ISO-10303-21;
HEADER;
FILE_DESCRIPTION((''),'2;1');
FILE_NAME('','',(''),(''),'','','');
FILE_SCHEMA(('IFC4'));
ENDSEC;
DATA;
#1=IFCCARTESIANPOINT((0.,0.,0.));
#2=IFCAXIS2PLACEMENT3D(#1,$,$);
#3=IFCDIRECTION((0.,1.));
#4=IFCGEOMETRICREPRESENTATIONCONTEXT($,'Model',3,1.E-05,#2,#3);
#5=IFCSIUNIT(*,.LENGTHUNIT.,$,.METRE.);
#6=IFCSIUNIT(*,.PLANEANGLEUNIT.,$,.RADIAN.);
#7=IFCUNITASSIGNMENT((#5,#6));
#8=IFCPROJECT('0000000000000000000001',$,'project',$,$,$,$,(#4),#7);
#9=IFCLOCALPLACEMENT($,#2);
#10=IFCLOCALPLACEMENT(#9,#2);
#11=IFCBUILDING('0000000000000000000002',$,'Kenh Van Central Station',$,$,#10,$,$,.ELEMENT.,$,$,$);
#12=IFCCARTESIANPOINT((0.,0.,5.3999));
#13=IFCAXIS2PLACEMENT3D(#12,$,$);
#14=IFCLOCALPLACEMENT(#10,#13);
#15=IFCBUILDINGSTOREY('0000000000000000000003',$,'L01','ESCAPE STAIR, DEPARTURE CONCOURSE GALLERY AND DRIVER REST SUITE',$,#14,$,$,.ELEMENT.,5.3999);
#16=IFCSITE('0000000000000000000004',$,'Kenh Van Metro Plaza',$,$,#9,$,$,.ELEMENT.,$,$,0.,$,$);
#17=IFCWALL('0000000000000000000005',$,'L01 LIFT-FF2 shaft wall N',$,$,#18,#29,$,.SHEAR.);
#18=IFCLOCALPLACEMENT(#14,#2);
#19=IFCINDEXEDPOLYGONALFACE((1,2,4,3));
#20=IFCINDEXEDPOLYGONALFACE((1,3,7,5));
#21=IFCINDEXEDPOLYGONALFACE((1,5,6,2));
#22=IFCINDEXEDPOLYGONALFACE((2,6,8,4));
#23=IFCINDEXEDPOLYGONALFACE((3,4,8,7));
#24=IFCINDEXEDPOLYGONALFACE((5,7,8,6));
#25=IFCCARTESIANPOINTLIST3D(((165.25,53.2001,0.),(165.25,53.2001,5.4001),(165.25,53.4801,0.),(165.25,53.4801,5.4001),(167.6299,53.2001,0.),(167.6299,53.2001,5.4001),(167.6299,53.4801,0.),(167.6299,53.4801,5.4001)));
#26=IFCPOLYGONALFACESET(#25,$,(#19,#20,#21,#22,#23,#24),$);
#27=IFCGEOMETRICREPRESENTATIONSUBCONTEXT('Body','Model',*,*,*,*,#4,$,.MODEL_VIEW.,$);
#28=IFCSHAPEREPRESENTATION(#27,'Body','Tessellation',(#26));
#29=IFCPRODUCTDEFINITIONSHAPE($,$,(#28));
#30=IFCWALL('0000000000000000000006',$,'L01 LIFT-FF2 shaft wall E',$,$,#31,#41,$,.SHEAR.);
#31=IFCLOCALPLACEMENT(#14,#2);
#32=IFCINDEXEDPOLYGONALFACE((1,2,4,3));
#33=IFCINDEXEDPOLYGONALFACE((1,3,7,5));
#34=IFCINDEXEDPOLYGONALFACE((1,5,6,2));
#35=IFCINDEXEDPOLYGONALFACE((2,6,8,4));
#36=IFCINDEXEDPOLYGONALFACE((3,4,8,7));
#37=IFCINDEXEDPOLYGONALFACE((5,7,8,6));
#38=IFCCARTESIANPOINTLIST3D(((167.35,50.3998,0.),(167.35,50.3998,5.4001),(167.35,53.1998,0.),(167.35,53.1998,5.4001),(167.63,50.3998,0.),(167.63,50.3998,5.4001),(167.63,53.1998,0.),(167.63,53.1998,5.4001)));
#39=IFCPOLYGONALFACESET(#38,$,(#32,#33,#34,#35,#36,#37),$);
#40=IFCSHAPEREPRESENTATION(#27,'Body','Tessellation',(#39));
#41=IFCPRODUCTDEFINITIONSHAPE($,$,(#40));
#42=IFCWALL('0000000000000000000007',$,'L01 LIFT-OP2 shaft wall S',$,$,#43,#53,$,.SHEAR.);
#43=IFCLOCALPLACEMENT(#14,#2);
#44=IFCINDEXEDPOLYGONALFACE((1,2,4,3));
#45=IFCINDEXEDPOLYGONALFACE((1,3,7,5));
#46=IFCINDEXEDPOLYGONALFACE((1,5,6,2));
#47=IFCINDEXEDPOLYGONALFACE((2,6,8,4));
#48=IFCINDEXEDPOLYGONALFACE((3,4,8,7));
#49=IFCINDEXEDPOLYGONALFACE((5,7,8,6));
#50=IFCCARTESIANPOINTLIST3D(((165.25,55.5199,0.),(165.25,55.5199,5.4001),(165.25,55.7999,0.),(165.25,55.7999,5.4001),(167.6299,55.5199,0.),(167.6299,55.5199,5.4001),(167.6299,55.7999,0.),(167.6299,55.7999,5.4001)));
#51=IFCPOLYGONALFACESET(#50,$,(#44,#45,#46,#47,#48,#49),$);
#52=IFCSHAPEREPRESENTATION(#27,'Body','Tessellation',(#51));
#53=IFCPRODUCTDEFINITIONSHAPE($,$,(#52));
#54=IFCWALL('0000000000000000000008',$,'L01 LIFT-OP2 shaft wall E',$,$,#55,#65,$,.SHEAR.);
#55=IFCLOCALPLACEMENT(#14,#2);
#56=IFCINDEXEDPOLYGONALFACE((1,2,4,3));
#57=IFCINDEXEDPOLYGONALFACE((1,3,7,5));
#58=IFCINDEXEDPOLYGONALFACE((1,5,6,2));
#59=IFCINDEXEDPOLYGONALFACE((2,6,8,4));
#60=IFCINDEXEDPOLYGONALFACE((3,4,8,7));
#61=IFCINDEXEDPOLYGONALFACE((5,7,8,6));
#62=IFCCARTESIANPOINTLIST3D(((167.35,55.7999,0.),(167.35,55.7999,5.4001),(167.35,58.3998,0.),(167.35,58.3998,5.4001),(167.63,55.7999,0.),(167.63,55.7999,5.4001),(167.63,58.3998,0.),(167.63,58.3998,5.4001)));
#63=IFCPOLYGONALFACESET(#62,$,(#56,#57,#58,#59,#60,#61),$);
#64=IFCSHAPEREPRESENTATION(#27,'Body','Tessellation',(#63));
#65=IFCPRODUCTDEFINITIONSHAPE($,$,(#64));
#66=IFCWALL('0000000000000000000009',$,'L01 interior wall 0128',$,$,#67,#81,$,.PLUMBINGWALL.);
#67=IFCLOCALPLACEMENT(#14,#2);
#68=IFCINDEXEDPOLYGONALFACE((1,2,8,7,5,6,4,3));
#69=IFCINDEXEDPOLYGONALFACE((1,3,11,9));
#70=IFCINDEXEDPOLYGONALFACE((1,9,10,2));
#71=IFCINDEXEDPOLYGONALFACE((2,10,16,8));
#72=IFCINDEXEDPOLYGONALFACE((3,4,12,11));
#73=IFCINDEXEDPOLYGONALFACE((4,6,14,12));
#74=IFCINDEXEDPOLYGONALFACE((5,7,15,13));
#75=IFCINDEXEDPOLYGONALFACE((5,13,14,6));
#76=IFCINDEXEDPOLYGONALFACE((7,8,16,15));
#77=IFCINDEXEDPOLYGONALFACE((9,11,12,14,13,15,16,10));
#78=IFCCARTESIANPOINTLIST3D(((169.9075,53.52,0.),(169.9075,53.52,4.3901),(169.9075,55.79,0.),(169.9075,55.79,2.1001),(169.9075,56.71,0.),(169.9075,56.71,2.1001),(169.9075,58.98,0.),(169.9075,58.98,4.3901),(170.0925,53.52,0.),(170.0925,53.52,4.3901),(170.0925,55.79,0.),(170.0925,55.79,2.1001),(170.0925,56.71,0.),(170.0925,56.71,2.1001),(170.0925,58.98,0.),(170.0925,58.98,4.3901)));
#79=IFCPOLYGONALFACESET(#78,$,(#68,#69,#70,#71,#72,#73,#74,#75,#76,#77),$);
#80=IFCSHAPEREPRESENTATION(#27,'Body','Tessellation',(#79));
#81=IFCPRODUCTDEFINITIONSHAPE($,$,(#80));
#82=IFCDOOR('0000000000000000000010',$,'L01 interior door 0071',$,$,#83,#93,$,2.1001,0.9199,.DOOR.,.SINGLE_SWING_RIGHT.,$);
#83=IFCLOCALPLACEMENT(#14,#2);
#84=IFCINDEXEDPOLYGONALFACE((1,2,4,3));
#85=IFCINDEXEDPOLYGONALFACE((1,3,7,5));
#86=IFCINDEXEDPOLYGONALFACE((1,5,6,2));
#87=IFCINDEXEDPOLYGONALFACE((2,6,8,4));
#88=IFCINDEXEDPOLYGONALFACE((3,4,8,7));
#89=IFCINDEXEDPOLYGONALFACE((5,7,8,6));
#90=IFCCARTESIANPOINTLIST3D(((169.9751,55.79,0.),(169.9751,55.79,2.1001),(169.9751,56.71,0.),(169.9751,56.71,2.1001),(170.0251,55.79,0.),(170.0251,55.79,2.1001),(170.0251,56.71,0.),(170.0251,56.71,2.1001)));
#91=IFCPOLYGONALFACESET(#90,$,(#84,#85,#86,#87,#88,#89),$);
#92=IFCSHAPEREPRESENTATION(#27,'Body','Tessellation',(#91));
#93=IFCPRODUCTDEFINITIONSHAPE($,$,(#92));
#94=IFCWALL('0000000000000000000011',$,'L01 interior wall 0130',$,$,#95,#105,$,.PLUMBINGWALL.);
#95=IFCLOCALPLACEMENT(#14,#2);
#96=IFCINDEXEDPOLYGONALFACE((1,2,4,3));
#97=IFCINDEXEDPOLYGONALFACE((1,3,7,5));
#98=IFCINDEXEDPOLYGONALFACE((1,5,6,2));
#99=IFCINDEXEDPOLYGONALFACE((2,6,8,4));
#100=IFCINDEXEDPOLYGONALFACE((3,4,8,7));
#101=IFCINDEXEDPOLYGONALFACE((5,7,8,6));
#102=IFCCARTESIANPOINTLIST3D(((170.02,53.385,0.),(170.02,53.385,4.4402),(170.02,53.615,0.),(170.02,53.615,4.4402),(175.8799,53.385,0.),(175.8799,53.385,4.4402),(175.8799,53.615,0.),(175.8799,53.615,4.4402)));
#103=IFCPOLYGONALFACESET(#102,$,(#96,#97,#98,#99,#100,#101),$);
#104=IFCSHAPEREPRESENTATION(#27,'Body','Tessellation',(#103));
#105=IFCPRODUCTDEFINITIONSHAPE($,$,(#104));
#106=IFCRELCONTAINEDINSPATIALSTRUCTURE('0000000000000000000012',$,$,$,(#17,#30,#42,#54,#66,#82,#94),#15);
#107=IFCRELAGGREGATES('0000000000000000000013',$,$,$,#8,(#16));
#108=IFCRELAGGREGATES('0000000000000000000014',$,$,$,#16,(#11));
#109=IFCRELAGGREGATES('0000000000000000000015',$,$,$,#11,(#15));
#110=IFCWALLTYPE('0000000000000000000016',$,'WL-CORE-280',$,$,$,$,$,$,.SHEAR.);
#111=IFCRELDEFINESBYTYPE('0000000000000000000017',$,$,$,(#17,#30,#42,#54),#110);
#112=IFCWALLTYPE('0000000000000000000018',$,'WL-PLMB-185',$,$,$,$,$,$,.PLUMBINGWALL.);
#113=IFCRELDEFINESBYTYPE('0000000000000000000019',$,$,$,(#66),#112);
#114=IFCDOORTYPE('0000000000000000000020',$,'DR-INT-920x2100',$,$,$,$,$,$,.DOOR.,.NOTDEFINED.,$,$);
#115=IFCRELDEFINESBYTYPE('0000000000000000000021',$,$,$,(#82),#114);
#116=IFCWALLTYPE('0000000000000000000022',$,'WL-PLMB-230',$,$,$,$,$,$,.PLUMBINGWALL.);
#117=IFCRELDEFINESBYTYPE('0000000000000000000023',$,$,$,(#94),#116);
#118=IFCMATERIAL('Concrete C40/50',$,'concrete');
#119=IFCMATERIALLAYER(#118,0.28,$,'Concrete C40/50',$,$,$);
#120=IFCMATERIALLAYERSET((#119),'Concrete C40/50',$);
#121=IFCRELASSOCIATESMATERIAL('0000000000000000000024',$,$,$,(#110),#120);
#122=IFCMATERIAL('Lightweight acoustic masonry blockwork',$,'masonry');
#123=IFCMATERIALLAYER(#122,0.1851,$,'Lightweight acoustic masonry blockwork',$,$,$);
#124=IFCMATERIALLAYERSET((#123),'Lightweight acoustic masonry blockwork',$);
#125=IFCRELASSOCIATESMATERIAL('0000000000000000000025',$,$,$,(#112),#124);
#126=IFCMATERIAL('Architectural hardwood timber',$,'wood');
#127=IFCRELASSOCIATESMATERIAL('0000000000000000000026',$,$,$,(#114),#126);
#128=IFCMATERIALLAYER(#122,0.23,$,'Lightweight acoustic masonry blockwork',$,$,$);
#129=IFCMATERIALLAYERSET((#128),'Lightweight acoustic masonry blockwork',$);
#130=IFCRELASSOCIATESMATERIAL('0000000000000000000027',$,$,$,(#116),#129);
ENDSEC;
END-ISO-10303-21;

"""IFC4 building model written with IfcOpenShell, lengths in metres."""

from ifc_helpers import new_model, si_unit, direction, frame, frame_2d, origin, place, context, subcontext, project, spatial, rectangle, extrude, material, layer, layer_set, type_object, element, fill, save


model = new_model("IFC4")

# Units and contexts
model_context = context("Model", 3, precision=1e-05, world=origin(), true_north=direction((0.0, 1.0)))
body_context = subcontext(model_context, "Body", "Model", "MODEL_VIEW")
ifc_project = project(units=[si_unit("LENGTHUNIT", "METRE"), si_unit("PLANEANGLEUNIT", "RADIAN")], contexts=[model_context])

# Site, building, storey
site_placement = place(None, origin())
site = spatial("IfcSite", under=ifc_project, at=site_placement, Name="Kenh Van Metro Plaza", CompositionType="ELEMENT", RefElevation=0.0)
building_placement = place(site_placement, origin())
building = spatial("IfcBuilding", under=site, at=building_placement, Name="Kenh Van Central Station", CompositionType="ELEMENT")
storey_placement = place(building_placement, frame((0.0, 0.0, 5.3999)))
storey = spatial("IfcBuildingStorey", under=building, at=storey_placement, Name="L01", Description="ESCAPE STAIR, DEPARTURE CONCOURSE GALLERY AND DRIVER REST SUITE", CompositionType="ELEMENT", Elevation=5.3999)

# Shared definitions
ifc_material_1 = material(Name="Concrete C40/50", Category="concrete")

# Shared definitions
ifc_layer_1 = layer(ifc_material_1, 0.28, Name="Concrete C40/50")
ifc_layer_set_1 = layer_set([ifc_layer_1], Name="Concrete C40/50")
wall_type_1 = type_object("IfcWallType", Name="WL-CORE-280", PredefinedType="SHEAR", material=ifc_layer_set_1)

# Walls
wall_1_placement = place(storey_placement, frame((165.25, 53.3401, 0.0), z_axis=(0.0, 0.0, 1.0), x_axis=(1.0, 0.0, 0.0)))
element("IfcWall", 1, at=wall_1_placement, inside=storey, type_object=wall_type_1, Name="L01 LIFT-FF2 shaft wall N", PredefinedType="SHEAR", context=body_context, shape_type="SweptSolid", body=[
    extrude(rectangle(XDim=2.3799, YDim=0.28, at=frame_2d((1.1899, 0.0))), origin(), (0.0, 0.0, 1.0), 5.4001),
])
wall_2_placement = place(storey_placement, frame((167.49, 50.3999, 0.0), z_axis=(0.0, 0.0, 1.0), x_axis=(0.0, 1.0, 0.0)))
element("IfcWall", 2, at=wall_2_placement, inside=storey, type_object=wall_type_1, Name="L01 LIFT-FF2 shaft wall E", PredefinedType="SHEAR", context=body_context, shape_type="SweptSolid", body=[
    extrude(rectangle(XDim=2.8, YDim=0.28, at=frame_2d((1.3999, 0.0))), origin(), (0.0, 0.0, 1.0), 5.4001),
])
wall_3_placement = place(storey_placement, frame((165.25, 55.6599, 0.0), z_axis=(0.0, 0.0, 1.0), x_axis=(1.0, 0.0, 0.0)))
element("IfcWall", 3, at=wall_3_placement, inside=storey, type_object=wall_type_1, Name="L01 LIFT-OP2 shaft wall S", PredefinedType="SHEAR", context=body_context, shape_type="SweptSolid", body=[
    extrude(rectangle(XDim=2.3799, YDim=0.28, at=frame_2d((1.1899, 0.0))), origin(), (0.0, 0.0, 1.0), 5.4001),
])
wall_4_placement = place(storey_placement, frame((167.49, 55.8, 0.0), z_axis=(0.0, 0.0, 1.0), x_axis=(0.0, 1.0, 0.0)))
element("IfcWall", 4, at=wall_4_placement, inside=storey, type_object=wall_type_1, Name="L01 LIFT-OP2 shaft wall E", PredefinedType="SHEAR", context=body_context, shape_type="SweptSolid", body=[
    extrude(rectangle(XDim=2.5999, YDim=0.28, at=frame_2d((1.2998, 0.0))), origin(), (0.0, 0.0, 1.0), 5.4001),
])

# Wall, opening, door
ifc_material_2 = material(Name="Lightweight acoustic masonry blockwork", Category="masonry")
ifc_layer_2 = layer(ifc_material_2, 0.1851, Name="Lightweight acoustic masonry blockwork")
ifc_layer_set_2 = layer_set([ifc_layer_2], Name="Lightweight acoustic masonry blockwork")
wall_type_2 = type_object("IfcWallType", Name="WL-PLMB-185", PredefinedType="PLUMBINGWALL", material=ifc_layer_set_2)
wall_5_placement = place(storey_placement, frame((170.0, 53.52, 0.0), z_axis=(0.0, 0.0, 1.0), x_axis=(0.0, 1.0, 0.0)))
wall_5 = element("IfcWall", 5, at=wall_5_placement, inside=storey, type_object=wall_type_2, Name="L01 interior wall 0128", PredefinedType="PLUMBINGWALL", context=body_context, shape_type="SweptSolid", body=[
    extrude(rectangle(XDim=5.46, YDim=0.1851, at=frame_2d((2.73, 0.0))), origin(), (0.0, 0.0, 1.0), 4.3901),
])
opening_1_placement = place(wall_5_placement, frame((2.27, 0.0, 0.0)))
opening_1 = element("IfcOpeningElement", 6, at=opening_1_placement, cuts=wall_5, PredefinedType="OPENING", context=body_context, shape_type="SweptSolid", body=[
    extrude(rectangle(XDim=0.9199, YDim=2.1001, at=frame_2d((0.46, 1.05))), frame((0.0, 0.1025, 0.0), z_axis=(0.0, -1.0, 0.0), x_axis=(1.0, 0.0, 0.0)), (0.0, 0.0, 1.0), 0.2051),
])
ifc_material_3 = material(Name="Architectural hardwood timber", Category="wood")
door_type_1 = type_object("IfcDoorType", Name="DR-INT-920x2100", OperationType="NOTDEFINED", PredefinedType="DOOR", material=ifc_material_3)
door_1_placement = place(opening_1_placement, origin())
door_1 = element("IfcDoor", 7, at=door_1_placement, inside=storey, type_object=door_type_1, Name="L01 interior door 0071", OperationType="SINGLE_SWING_RIGHT", OverallHeight=2.1001, OverallWidth=0.9199, PredefinedType="DOOR", context=body_context, shape_type="SweptSolid", body=[
    extrude(rectangle(XDim=0.9199, YDim=2.1001, at=frame_2d((0.46, 1.05))), frame((0.0, 0.0249, 0.0), z_axis=(0.0, -1.0, 0.0), x_axis=(1.0, 0.0, 0.0)), (0.0, 0.0, 1.0), 0.05),
])
fill(opening_1, door_1)

# Wall
ifc_layer_3 = layer(ifc_material_2, 0.23, Name="Lightweight acoustic masonry blockwork")
ifc_layer_set_3 = layer_set([ifc_layer_3], Name="Lightweight acoustic masonry blockwork")
wall_type_3 = type_object("IfcWallType", Name="WL-PLMB-230", PredefinedType="PLUMBINGWALL", material=ifc_layer_set_3)
wall_6_placement = place(storey_placement, frame((170.02, 53.5, 0.0), z_axis=(0.0, 0.0, 1.0), x_axis=(1.0, 0.0, 0.0)))
element("IfcWall", 8, at=wall_6_placement, inside=storey, type_object=wall_type_3, Name="L01 interior wall 0130", PredefinedType="PLUMBINGWALL", context=body_context, shape_type="SweptSolid", body=[
    extrude(rectangle(XDim=5.8599, YDim=0.23, at=frame_2d((2.9299, 0.0))), origin(), (0.0, 0.0, 1.0), 4.4402),
])

save(model, "model.ifc")
